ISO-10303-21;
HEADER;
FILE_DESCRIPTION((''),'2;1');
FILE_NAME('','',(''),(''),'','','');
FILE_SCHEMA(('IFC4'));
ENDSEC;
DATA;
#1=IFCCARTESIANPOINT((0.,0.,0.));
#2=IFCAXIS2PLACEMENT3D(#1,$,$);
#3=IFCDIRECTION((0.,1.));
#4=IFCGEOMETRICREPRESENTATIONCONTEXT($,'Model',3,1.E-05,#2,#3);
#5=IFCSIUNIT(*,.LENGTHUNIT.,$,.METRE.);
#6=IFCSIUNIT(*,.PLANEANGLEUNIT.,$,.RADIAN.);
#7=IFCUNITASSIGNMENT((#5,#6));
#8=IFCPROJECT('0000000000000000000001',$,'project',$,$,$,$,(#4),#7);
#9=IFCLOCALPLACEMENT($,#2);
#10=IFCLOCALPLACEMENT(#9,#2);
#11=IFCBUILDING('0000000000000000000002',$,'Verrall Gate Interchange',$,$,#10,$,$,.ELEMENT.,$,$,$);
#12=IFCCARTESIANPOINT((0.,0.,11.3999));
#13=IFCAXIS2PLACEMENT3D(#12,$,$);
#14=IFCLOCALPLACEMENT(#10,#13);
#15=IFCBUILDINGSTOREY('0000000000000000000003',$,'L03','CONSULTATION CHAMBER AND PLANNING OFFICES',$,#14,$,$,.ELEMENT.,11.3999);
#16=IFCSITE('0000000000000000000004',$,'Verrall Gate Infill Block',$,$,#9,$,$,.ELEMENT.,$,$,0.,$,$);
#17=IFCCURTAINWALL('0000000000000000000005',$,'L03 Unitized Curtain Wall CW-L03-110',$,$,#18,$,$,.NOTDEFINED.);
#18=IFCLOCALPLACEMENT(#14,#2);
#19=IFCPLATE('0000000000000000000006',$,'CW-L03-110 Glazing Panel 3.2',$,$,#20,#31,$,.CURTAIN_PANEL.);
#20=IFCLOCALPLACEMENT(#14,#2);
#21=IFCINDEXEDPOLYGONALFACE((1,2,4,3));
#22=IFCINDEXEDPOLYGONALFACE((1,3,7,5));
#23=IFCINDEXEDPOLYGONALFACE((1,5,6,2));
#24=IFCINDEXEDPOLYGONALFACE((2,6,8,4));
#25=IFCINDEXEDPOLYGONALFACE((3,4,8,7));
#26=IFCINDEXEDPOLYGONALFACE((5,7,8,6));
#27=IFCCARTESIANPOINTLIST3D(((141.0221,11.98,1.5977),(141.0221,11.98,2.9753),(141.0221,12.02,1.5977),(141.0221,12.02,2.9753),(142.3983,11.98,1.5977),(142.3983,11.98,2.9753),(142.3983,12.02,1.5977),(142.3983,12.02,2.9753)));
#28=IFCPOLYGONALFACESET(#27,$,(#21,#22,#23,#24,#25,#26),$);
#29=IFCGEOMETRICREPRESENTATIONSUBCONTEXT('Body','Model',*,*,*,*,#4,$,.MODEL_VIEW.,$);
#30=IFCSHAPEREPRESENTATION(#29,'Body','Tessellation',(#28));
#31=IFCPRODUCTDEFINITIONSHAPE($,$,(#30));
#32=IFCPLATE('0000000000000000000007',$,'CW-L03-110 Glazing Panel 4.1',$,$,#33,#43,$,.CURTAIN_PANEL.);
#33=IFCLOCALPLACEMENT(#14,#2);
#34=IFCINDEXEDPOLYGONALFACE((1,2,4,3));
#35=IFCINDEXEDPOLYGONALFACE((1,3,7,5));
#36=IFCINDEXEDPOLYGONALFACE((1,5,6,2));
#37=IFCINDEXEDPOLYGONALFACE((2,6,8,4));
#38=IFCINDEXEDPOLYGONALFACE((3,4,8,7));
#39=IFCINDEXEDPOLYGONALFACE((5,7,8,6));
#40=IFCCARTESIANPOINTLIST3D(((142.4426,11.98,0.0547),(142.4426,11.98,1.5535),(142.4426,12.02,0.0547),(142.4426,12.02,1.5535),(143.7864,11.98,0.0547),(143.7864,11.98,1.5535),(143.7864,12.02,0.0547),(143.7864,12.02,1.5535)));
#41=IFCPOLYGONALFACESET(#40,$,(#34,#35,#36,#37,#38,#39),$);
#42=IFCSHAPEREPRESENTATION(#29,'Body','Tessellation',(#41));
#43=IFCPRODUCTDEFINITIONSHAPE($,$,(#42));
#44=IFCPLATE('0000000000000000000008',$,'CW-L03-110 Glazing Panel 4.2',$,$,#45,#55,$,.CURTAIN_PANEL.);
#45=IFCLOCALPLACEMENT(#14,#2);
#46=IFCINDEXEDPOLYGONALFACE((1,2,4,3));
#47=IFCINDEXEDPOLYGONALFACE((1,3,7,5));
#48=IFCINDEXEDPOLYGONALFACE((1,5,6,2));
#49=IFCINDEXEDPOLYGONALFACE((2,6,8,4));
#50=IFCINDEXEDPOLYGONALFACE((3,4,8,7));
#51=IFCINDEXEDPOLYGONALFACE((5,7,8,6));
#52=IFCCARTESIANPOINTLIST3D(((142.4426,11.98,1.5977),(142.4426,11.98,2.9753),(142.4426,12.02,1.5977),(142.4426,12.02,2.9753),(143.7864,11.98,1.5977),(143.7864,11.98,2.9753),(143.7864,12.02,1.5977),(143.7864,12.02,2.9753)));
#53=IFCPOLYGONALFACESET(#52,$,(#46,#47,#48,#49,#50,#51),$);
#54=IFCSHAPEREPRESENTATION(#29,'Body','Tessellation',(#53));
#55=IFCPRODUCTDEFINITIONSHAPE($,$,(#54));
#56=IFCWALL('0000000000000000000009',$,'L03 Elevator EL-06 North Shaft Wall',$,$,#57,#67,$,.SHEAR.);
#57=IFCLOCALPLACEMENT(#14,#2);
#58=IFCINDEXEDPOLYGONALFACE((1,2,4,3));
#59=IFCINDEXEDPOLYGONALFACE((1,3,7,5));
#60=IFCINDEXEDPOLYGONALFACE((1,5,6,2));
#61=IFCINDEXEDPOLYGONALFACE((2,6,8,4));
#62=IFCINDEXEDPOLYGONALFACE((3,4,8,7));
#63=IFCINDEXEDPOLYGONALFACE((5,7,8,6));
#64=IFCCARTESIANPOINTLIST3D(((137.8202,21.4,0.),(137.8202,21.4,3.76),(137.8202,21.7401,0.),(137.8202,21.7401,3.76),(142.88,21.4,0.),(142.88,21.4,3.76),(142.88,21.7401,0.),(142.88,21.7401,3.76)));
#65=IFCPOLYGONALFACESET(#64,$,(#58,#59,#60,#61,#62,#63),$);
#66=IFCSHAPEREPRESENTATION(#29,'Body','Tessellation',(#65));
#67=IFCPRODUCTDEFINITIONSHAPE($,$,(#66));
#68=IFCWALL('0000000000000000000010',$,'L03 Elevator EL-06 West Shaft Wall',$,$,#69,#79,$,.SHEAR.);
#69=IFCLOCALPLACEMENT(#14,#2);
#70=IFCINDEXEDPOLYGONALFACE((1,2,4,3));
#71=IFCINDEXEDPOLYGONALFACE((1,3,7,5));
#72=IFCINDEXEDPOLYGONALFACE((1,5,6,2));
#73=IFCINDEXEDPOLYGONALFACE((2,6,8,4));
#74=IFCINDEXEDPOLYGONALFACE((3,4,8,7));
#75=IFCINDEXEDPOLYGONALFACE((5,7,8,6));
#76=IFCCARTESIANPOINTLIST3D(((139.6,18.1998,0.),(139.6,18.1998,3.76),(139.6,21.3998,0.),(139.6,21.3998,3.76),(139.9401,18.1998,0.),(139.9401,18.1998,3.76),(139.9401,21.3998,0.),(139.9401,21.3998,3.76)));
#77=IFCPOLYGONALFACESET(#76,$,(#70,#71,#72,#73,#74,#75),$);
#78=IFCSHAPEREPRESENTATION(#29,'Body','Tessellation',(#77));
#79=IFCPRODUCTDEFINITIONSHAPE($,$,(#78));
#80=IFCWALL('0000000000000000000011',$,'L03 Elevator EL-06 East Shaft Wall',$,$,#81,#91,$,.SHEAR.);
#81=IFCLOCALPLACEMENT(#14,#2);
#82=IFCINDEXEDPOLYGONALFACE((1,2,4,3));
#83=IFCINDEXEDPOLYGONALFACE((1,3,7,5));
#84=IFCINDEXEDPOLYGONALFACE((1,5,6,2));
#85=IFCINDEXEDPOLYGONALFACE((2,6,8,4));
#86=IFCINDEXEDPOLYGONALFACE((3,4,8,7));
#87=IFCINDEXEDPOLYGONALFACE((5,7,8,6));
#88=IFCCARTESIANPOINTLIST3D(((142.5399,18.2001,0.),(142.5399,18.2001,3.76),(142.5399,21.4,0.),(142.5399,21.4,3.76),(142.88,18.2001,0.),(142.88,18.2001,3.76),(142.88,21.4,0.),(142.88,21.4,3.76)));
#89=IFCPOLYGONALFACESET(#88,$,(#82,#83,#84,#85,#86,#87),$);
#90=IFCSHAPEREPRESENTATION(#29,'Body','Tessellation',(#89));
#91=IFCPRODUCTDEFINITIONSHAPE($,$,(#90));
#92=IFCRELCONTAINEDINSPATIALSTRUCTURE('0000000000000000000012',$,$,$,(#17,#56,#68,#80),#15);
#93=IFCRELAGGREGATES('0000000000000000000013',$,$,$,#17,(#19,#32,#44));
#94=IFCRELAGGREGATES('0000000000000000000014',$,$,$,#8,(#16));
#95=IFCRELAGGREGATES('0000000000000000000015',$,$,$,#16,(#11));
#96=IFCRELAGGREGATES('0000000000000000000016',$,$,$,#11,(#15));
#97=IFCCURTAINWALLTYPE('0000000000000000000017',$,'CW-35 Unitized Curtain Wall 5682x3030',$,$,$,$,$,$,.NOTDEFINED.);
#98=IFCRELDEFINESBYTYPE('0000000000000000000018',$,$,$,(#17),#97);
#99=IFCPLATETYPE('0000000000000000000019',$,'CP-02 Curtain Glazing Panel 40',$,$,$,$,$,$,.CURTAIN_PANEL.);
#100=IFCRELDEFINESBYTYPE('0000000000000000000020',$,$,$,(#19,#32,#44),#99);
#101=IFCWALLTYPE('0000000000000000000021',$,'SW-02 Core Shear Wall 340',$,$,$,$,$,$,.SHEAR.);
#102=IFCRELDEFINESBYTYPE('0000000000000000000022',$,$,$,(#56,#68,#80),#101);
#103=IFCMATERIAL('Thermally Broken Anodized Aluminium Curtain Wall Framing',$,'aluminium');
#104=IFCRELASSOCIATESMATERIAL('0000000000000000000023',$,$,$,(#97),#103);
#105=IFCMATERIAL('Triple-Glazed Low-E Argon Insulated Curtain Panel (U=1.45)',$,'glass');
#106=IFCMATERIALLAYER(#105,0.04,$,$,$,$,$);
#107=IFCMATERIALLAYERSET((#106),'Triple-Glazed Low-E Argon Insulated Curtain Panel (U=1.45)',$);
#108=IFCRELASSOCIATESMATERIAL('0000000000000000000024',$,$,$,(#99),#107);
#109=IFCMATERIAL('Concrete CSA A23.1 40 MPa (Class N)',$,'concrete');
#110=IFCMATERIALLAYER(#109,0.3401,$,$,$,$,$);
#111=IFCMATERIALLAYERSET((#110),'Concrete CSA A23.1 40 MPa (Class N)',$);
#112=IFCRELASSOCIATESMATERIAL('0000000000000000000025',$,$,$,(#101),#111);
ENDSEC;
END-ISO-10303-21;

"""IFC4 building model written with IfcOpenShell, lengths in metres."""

from ifc_helpers import new_model, si_unit, direction, frame, frame_2d, origin, origin_2d, place, context, subcontext, project, spatial, rectangle, extrude, material, layer, layer_set, type_object, element, aggregate, save


model = new_model("IFC4")

# Units and contexts
model_context = context("Model", 3, precision=1e-05, world=origin(), true_north=direction((0.0, 1.0)))
body_context = subcontext(model_context, "Body", "Model", "MODEL_VIEW")
ifc_project = project(units=[si_unit("LENGTHUNIT", "METRE"), si_unit("PLANEANGLEUNIT", "RADIAN")], contexts=[model_context])

# Site, building, storey
site_placement = place(None, origin())
site = spatial("IfcSite", under=ifc_project, at=site_placement, Name="Verrall Gate Infill Block", CompositionType="ELEMENT", RefElevation=0.0)
building_placement = place(site_placement, origin())
building = spatial("IfcBuilding", under=site, at=building_placement, Name="Verrall Gate Interchange", CompositionType="ELEMENT")
storey_placement = place(building_placement, frame((0.0, 0.0, 11.3999)))
storey = spatial("IfcBuildingStorey", under=building, at=storey_placement, Name="L03", Description="CONSULTATION CHAMBER AND PLANNING OFFICES", CompositionType="ELEMENT", Elevation=11.3999)

# Curtain wall
ifc_material_1 = material(Name="Thermally Broken Anodized Aluminium Curtain Wall Framing", Category="aluminium")
curtain_wall_type = type_object("IfcCurtainWallType", Name="CW-35 Unitized Curtain Wall 5682x3030", PredefinedType="NOTDEFINED", material=ifc_material_1)
curtain_wall_placement = place(storey_placement, origin())
curtain_wall = element("IfcCurtainWall", 1, at=curtain_wall_placement, inside=storey, type_object=curtain_wall_type, Name="L03 Unitized Curtain Wall CW-L03-110", PredefinedType="NOTDEFINED")

# Plates
ifc_material_2 = material(Name="Triple-Glazed Low-E Argon Insulated Curtain Panel (U=1.45)", Category="glass")
ifc_layer_1 = layer(ifc_material_2, 0.04)
ifc_layer_set_1 = layer_set([ifc_layer_1], Name="Triple-Glazed Low-E Argon Insulated Curtain Panel (U=1.45)")
plate_type = type_object("IfcPlateType", Name="CP-02 Curtain Glazing Panel 40", PredefinedType="CURTAIN_PANEL", material=ifc_layer_set_1)
plate_1_placement = place(storey_placement, frame((141.7102, 12.0, 1.5977), z_axis=(0.0, 0.0, 1.0), x_axis=(1.0, 0.0, 0.0)))
plate_1 = element("IfcPlate", 2, at=plate_1_placement, type_object=plate_type, Name="CW-L03-110 Glazing Panel 3.2", PredefinedType="CURTAIN_PANEL", context=body_context, shape_type="SweptSolid", body=[
    extrude(rectangle(XDim=1.3762, YDim=0.04, at=origin_2d()), origin(), (0.0, 0.0, 1.0), 1.3777),
])
plate_2_placement = place(storey_placement, frame((143.1145, 12.0, 0.0547), z_axis=(0.0, 0.0, 1.0), x_axis=(1.0, 0.0, 0.0)))
plate_2 = element("IfcPlate", 3, at=plate_2_placement, type_object=plate_type, Name="CW-L03-110 Glazing Panel 4.1", PredefinedType="CURTAIN_PANEL", context=body_context, shape_type="SweptSolid", body=[
    extrude(rectangle(XDim=1.3438, YDim=0.04, at=origin_2d()), origin(), (0.0, 0.0, 1.0), 1.4988),
])
plate_3_placement = place(storey_placement, frame((143.1145, 12.0, 1.5977), z_axis=(0.0, 0.0, 1.0), x_axis=(1.0, 0.0, 0.0)))
plate_3 = element("IfcPlate", 4, at=plate_3_placement, type_object=plate_type, Name="CW-L03-110 Glazing Panel 4.2", PredefinedType="CURTAIN_PANEL", context=body_context, shape_type="SweptSolid", body=[
    extrude(rectangle(XDim=1.3438, YDim=0.04, at=origin_2d()), origin(), (0.0, 0.0, 1.0), 1.3777),
])
aggregate(curtain_wall, [plate_1, plate_2, plate_3])

# Walls
ifc_material_3 = material(Name="Concrete CSA A23.1 40 MPa (Class N)", Category="concrete")
ifc_layer_2 = layer(ifc_material_3, 0.3401)
ifc_layer_set_2 = layer_set([ifc_layer_2], Name="Concrete CSA A23.1 40 MPa (Class N)")
wall_type_1 = type_object("IfcWallType", Name="SW-02 Core Shear Wall 340", PredefinedType="SHEAR", material=ifc_layer_set_2)
wall_1_placement = place(storey_placement, frame((142.8799, 21.5701, 0.0), z_axis=(0.0, 0.0, 1.0), x_axis=(-1.0, 0.0, 0.0)))
element("IfcWall", 5, at=wall_1_placement, inside=storey, type_object=wall_type_1, Name="L03 Elevator EL-06 North Shaft Wall", PredefinedType="SHEAR", context=body_context, shape_type="SweptSolid", body=[
    extrude(rectangle(XDim=5.0598, YDim=0.3401, at=frame_2d((2.5298, 0.0))), origin(), (0.0, 0.0, 1.0), 3.76),
])
for number, where, z_axis, x_axis, name in (
    (6, (139.77, 21.3999, 0.0), (0.0, 0.0, 1.0), (0.0, -1.0, 0.0), "L03 Elevator EL-06 West Shaft Wall"),
    (7, (142.71, 18.2, 0.0), (0.0, 0.0, 1.0), (0.0, 1.0, 0.0), "L03 Elevator EL-06 East Shaft Wall"),
):
    element("IfcWall", number, at=place(storey_placement, frame(where, z_axis=z_axis, x_axis=x_axis)), inside=storey, type_object=wall_type_1, Name=name, PredefinedType="SHEAR", context=body_context, shape_type="SweptSolid", body=[
        extrude(rectangle(XDim=3.2, YDim=0.3401, at=frame_2d((1.6001, 0.0))), origin(), (0.0, 0.0, 1.0), 3.76),
    ])

save(model, "model.ifc")
